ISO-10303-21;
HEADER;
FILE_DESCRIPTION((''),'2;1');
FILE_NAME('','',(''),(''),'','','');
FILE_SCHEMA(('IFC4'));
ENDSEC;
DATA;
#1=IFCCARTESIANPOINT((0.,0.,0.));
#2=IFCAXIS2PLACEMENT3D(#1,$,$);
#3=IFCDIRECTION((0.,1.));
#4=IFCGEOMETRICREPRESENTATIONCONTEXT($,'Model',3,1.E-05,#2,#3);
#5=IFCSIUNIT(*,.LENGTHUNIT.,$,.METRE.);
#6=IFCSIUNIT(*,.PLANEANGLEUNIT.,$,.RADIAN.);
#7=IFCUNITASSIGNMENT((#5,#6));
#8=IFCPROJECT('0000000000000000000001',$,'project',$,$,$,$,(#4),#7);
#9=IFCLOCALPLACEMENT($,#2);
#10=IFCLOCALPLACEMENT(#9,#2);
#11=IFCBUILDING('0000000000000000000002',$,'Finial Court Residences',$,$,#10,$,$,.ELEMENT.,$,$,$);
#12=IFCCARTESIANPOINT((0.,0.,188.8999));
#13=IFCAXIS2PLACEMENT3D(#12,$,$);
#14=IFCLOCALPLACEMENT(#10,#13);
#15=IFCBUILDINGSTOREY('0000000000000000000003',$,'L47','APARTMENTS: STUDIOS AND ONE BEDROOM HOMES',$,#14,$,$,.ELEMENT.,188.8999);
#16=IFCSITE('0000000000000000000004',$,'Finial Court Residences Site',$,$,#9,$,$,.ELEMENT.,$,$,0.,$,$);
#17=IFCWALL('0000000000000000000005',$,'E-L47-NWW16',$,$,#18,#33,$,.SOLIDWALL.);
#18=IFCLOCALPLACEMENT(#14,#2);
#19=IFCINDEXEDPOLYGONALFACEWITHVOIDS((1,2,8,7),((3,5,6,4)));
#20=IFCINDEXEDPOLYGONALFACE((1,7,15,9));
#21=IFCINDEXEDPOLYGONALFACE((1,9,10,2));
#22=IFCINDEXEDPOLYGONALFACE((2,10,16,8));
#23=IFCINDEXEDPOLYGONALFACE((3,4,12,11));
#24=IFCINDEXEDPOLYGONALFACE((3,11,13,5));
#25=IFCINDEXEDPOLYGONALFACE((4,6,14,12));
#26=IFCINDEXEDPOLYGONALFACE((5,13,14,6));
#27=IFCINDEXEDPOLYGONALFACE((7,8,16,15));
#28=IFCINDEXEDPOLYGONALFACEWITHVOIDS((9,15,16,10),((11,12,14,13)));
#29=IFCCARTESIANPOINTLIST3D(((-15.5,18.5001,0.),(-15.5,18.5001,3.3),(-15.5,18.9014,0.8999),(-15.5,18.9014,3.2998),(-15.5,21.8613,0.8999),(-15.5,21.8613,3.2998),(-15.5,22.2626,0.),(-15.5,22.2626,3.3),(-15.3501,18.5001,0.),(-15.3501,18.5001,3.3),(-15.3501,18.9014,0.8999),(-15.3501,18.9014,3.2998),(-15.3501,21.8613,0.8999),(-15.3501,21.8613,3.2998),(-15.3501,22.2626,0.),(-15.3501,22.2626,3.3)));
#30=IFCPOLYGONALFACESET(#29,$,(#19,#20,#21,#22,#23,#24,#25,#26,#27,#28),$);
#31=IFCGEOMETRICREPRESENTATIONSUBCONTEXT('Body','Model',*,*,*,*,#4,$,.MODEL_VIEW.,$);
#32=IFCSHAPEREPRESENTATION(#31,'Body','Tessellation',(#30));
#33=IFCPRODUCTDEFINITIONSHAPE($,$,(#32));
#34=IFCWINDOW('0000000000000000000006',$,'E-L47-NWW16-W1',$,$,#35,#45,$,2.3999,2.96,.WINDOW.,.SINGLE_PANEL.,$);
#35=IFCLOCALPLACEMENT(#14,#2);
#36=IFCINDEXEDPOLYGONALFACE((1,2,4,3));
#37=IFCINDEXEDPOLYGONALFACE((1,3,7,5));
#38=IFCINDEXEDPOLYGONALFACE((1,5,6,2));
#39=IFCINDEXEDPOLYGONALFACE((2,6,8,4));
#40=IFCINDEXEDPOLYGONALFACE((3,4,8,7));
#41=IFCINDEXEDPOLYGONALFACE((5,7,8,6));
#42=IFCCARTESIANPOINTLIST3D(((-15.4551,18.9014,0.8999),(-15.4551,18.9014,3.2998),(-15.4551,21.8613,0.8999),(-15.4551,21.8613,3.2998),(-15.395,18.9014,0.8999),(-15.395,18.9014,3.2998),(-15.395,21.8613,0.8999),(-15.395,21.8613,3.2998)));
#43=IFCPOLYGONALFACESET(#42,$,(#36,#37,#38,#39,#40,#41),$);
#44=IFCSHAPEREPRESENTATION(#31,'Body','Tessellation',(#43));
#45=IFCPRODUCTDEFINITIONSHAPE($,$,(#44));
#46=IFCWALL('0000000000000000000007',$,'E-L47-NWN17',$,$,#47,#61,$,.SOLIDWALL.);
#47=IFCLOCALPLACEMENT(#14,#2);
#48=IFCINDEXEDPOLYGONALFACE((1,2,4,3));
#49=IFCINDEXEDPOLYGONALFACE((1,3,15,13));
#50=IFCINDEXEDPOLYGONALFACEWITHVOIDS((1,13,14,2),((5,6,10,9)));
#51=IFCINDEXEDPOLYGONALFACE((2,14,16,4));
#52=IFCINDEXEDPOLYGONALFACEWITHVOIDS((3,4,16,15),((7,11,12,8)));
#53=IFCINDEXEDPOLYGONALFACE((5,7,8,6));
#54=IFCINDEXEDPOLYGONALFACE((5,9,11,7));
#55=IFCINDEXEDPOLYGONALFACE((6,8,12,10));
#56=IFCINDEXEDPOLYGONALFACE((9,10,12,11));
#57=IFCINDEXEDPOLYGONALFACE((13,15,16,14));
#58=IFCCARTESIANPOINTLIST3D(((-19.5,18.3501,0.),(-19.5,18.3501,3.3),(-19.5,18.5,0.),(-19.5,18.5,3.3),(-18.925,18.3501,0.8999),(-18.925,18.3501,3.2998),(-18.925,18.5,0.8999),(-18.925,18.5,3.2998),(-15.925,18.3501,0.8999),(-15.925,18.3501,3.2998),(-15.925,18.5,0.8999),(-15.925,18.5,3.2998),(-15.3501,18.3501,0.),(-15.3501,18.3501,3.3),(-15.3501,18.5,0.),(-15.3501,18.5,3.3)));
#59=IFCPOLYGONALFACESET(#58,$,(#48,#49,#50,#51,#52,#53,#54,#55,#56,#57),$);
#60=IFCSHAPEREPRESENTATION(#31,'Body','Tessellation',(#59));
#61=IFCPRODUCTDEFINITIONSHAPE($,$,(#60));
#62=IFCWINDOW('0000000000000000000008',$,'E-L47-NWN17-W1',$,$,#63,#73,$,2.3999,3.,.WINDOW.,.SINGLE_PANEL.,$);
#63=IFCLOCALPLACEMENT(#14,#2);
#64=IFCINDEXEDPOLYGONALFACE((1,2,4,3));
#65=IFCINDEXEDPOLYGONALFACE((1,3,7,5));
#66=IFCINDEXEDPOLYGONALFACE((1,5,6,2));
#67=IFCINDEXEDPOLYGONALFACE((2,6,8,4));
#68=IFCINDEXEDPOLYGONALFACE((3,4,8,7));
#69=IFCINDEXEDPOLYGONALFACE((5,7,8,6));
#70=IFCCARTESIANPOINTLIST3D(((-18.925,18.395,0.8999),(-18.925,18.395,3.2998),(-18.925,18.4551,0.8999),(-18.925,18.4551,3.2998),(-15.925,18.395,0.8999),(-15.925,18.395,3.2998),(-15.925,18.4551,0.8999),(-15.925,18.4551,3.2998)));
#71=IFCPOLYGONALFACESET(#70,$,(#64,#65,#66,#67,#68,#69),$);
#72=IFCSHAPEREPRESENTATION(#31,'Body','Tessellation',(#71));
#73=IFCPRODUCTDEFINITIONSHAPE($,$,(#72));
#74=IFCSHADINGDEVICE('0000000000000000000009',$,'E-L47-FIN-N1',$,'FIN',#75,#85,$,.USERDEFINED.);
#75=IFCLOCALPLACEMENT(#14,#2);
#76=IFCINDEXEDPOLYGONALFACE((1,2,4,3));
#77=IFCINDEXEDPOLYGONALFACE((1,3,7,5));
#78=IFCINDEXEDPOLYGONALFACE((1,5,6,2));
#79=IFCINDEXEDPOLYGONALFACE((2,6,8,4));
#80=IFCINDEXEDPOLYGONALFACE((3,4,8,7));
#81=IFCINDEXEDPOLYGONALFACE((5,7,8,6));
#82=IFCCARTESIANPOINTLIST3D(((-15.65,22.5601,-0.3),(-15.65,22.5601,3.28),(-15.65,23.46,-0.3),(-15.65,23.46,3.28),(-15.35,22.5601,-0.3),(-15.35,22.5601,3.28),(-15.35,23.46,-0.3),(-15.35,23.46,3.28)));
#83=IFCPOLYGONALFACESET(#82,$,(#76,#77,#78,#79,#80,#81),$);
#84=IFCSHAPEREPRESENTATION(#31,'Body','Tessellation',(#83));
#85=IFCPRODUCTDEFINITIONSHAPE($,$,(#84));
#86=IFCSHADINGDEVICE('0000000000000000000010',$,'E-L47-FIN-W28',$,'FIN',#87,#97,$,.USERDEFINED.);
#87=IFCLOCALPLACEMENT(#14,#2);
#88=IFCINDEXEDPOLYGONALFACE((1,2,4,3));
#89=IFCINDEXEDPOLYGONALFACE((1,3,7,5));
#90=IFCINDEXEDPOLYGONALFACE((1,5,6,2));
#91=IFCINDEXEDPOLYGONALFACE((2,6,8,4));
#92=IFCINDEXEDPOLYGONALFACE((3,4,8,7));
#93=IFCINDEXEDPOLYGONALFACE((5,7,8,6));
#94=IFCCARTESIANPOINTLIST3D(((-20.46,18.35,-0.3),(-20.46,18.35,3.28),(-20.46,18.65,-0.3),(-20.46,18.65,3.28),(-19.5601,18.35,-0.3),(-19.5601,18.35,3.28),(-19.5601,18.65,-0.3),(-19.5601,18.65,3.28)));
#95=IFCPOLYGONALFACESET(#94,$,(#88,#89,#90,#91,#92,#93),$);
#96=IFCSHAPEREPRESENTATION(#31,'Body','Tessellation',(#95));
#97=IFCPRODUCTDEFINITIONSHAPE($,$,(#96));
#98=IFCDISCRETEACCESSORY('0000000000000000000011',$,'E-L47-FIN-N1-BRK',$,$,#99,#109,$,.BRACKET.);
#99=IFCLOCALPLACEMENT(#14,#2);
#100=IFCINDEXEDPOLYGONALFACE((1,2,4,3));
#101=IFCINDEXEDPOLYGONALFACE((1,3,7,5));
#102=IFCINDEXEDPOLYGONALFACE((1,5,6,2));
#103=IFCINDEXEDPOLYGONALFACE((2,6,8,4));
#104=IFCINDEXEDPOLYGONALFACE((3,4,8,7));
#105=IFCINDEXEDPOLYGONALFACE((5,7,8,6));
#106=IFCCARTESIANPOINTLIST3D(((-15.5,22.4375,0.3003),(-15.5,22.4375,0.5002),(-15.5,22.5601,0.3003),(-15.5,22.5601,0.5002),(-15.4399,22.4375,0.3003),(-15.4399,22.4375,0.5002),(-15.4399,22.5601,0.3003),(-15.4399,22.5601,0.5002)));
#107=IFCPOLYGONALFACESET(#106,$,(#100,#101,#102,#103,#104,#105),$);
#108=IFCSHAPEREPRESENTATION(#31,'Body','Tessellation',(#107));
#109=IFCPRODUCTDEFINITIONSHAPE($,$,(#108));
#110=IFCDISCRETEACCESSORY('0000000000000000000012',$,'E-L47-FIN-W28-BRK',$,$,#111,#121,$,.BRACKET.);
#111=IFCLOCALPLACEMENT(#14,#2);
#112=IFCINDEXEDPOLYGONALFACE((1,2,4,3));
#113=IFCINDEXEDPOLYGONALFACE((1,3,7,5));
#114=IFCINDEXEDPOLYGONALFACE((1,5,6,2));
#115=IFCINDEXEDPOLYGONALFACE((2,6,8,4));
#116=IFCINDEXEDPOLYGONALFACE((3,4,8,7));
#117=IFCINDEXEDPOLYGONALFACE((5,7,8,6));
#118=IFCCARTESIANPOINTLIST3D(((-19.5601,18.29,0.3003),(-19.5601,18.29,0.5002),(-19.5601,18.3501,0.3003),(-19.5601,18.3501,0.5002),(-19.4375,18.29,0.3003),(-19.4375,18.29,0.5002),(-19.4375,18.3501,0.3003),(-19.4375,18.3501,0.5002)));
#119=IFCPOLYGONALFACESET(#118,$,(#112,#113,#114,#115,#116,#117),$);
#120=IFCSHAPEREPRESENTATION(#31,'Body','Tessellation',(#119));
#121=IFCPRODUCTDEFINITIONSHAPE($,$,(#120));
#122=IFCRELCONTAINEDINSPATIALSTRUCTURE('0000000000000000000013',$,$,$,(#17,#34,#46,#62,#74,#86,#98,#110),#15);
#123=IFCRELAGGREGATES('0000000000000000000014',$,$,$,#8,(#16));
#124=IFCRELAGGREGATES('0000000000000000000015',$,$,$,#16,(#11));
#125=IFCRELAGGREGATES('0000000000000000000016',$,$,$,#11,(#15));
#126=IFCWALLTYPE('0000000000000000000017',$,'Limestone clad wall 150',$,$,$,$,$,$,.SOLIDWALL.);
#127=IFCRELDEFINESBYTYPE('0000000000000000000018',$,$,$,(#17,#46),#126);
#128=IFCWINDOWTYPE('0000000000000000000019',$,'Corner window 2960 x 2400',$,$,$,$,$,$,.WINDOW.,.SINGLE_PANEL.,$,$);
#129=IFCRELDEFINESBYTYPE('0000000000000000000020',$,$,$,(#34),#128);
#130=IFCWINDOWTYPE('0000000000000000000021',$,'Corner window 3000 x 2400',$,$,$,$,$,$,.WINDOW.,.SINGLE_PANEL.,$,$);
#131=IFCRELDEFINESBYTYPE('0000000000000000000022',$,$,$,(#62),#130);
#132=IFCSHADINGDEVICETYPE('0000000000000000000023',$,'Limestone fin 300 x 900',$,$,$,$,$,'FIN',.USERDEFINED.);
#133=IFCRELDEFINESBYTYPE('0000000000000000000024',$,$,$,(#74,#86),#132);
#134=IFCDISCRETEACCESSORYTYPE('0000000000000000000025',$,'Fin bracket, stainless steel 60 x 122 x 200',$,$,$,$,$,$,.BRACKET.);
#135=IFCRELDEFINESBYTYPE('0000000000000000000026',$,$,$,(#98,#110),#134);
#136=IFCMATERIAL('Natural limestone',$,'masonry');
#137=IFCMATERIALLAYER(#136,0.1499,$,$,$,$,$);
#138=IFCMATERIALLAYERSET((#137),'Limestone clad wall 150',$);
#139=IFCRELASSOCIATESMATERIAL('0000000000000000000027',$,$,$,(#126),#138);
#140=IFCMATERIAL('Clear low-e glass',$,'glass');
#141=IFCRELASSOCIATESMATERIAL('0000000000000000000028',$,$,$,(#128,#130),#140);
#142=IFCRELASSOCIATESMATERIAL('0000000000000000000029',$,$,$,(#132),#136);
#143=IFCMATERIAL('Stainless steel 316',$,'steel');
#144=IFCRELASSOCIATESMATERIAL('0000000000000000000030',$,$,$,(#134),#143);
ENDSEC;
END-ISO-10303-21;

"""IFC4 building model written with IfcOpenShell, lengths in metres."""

from ifc_helpers import new_model, si_unit, direction, frame, frame_2d, origin, origin_2d, place, context, subcontext, project, spatial, rectangle, extrude, material, layer, layer_set, type_object, element, fill, save


model = new_model("IFC4")

# Units and contexts
model_context = context("Model", 3, precision=1e-05, world=origin(), true_north=direction((0.0, 1.0)))
body_context = subcontext(model_context, "Body", "Model", "MODEL_VIEW")
ifc_project = project(units=[si_unit("LENGTHUNIT", "METRE"), si_unit("PLANEANGLEUNIT", "RADIAN")], contexts=[model_context])

# Site, building, storey
site_placement = place(None, origin())
site = spatial("IfcSite", under=ifc_project, at=site_placement, Name="Finial Court Residences Site", CompositionType="ELEMENT", RefElevation=0.0)
building_placement = place(site_placement, origin())
building = spatial("IfcBuilding", under=site, at=building_placement, Name="Finial Court Residences", CompositionType="ELEMENT")
storey_placement = place(building_placement, frame((0.0, 0.0, 188.8999)))
storey = spatial("IfcBuildingStorey", under=building, at=storey_placement, Name="L47", Description="APARTMENTS: STUDIOS AND ONE BEDROOM HOMES", CompositionType="ELEMENT", Elevation=188.8999)

# Shared definitions
ifc_material_1 = material(Name="Clear low-e glass", Category="glass")

# Walls, openings, windows
ifc_material_2 = material(Name="Natural limestone", Category="masonry")
ifc_layer_1 = layer(ifc_material_2, 0.1499)
ifc_layer_set_1 = layer_set([ifc_layer_1], Name="Limestone clad wall 150")
wall_type_1 = type_object("IfcWallType", Name="Limestone clad wall 150", PredefinedType="SOLIDWALL", material=ifc_layer_set_1)
wall_1_placement = place(storey_placement, frame((-15.425, 18.5, 0.0), z_axis=(0.0, 0.0, 1.0), x_axis=(0.0, 1.0, 0.0)))
wall_1 = element("IfcWall", 1, at=wall_1_placement, inside=storey, type_object=wall_type_1, Name="E-L47-NWW16", PredefinedType="SOLIDWALL", context=body_context, shape_type="SweptSolid", body=[
    extrude(rectangle(XDim=3.7625, YDim=0.1499, at=frame_2d((1.8813, 0.0))), origin(), (0.0, 0.0, 1.0), 3.3),
])
opening_1_placement = place(wall_1_placement, frame((0.4014, 0.0, 0.8999)))
opening_1 = element("IfcOpeningElement", 2, at=opening_1_placement, cuts=wall_1, PredefinedType="OPENING", context=body_context, shape_type="SweptSolid", body=[
    extrude(rectangle(XDim=2.96, YDim=2.3999, at=frame_2d((1.48, 1.2))), frame((0.0, 0.085, 0.0), z_axis=(0.0, -1.0, 0.0), x_axis=(1.0, 0.0, 0.0)), (0.0, 0.0, 1.0), 0.1699),
])
window_type_1 = type_object("IfcWindowType", Name="Corner window 2960 x 2400", PartitioningType="SINGLE_PANEL", PredefinedType="WINDOW", material=ifc_material_1)
window_1_placement = place(opening_1_placement, origin())
window_1 = element("IfcWindow", 3, at=window_1_placement, inside=storey, type_object=window_type_1, Name="E-L47-NWW16-W1", OverallHeight=2.3999, OverallWidth=2.96, PartitioningType="SINGLE_PANEL", PredefinedType="WINDOW", context=body_context, shape_type="SweptSolid", body=[
    extrude(rectangle(XDim=2.96, YDim=2.3999, at=frame_2d((1.48, 1.2))), frame((0.0, 0.03, 0.0), z_axis=(0.0, -1.0, 0.0), x_axis=(1.0, 0.0, 0.0)), (0.0, 0.0, 1.0), 0.0601),
])
fill(opening_1, window_1)
wall_2_placement = place(storey_placement, frame((-19.5, 18.425, 0.0), z_axis=(0.0, 0.0, 1.0), x_axis=(1.0, 0.0, 0.0)))
wall_2 = element("IfcWall", 4, at=wall_2_placement, inside=storey, type_object=wall_type_1, Name="E-L47-NWN17", PredefinedType="SOLIDWALL", context=body_context, shape_type="SweptSolid", body=[
    extrude(rectangle(XDim=4.1499, YDim=0.1499, at=frame_2d((2.075, 0.0))), origin(), (0.0, 0.0, 1.0), 3.3),
])
opening_2_placement = place(wall_2_placement, frame((0.575, 0.0, 0.8999)))
opening_2 = element("IfcOpeningElement", 5, at=opening_2_placement, cuts=wall_2, PredefinedType="OPENING", context=body_context, shape_type="SweptSolid", body=[
    extrude(rectangle(XDim=3.0, YDim=2.3999, at=frame_2d((1.5, 1.2))), frame((0.0, 0.085, 0.0), z_axis=(0.0, -1.0, 0.0), x_axis=(1.0, 0.0, 0.0)), (0.0, 0.0, 1.0), 0.1699),
])
window_type_2 = type_object("IfcWindowType", Name="Corner window 3000 x 2400", PartitioningType="SINGLE_PANEL", PredefinedType="WINDOW", material=ifc_material_1)
window_2_placement = place(opening_2_placement, origin())
window_2 = element("IfcWindow", 6, at=window_2_placement, inside=storey, type_object=window_type_2, Name="E-L47-NWN17-W1", OverallHeight=2.3999, OverallWidth=3.0, PartitioningType="SINGLE_PANEL", PredefinedType="WINDOW", context=body_context, shape_type="SweptSolid", body=[
    extrude(rectangle(XDim=3.0, YDim=2.3999, at=frame_2d((1.5, 1.2))), frame((0.0, 0.03, 0.0), z_axis=(0.0, -1.0, 0.0), x_axis=(1.0, 0.0, 0.0)), (0.0, 0.0, 1.0), 0.0601),
])
fill(opening_2, window_2)

# Shading devices
shading_device_type = type_object("IfcShadingDeviceType", Name="Limestone fin 300 x 900", ElementType="FIN", PredefinedType="USERDEFINED", material=ifc_material_2)
shading_device_1_placement = place(storey_placement, frame((-15.5, 23.01, -0.3), z_axis=(0.0, 0.0, 1.0), x_axis=(1.0, 0.0, 0.0)))
element("IfcShadingDevice", 7, at=shading_device_1_placement, inside=storey, type_object=shading_device_type, Name="E-L47-FIN-N1", ObjectType="FIN", PredefinedType="USERDEFINED", context=body_context, shape_type="SweptSolid", body=[
    extrude(rectangle(XDim=0.3, YDim=0.8999, at=origin_2d()), origin(), (0.0, 0.0, 1.0), 3.5801),
])
shading_device_2_placement = place(storey_placement, frame((-20.01, 18.5, -0.3), z_axis=(0.0, 0.0, 1.0), x_axis=(1.0, 0.0, 0.0)))
element("IfcShadingDevice", 8, at=shading_device_2_placement, inside=storey, type_object=shading_device_type, Name="E-L47-FIN-W28", ObjectType="FIN", PredefinedType="USERDEFINED", context=body_context, shape_type="SweptSolid", body=[
    extrude(rectangle(XDim=0.8999, YDim=0.3, at=origin_2d()), origin(), (0.0, 0.0, 1.0), 3.5801),
])

# Discrete accessories
ifc_material_3 = material(Name="Stainless steel 316", Category="steel")
discrete_accessory_type = type_object("IfcDiscreteAccessoryType", Name="Fin bracket, stainless steel 60 x 122 x 200", PredefinedType="BRACKET", material=ifc_material_3)
discrete_accessory_1_placement = place(storey_placement, frame((-15.47, 22.4988, 0.3003), z_axis=(0.0, 0.0, 1.0), x_axis=(1.0, 0.0, 0.0)))
element("IfcDiscreteAccessory", 9, at=discrete_accessory_1_placement, inside=storey, type_object=discrete_accessory_type, Name="E-L47-FIN-N1-BRK", PredefinedType="BRACKET", context=body_context, shape_type="SweptSolid", body=[
    extrude(rectangle(XDim=0.0601, YDim=0.1226, at=origin_2d()), origin(), (0.0, 0.0, 1.0), 0.2),
])
discrete_accessory_2_placement = place(storey_placement, frame((-19.4988, 18.3201, 0.3003), z_axis=(0.0, 0.0, 1.0), x_axis=(1.0, 0.0, 0.0)))
element("IfcDiscreteAccessory", 10, at=discrete_accessory_2_placement, inside=storey, type_object=discrete_accessory_type, Name="E-L47-FIN-W28-BRK", PredefinedType="BRACKET", context=body_context, shape_type="SweptSolid", body=[
    extrude(rectangle(XDim=0.1226, YDim=0.0601, at=origin_2d()), origin(), (0.0, 0.0, 1.0), 0.2),
])

save(model, "model.ifc")
